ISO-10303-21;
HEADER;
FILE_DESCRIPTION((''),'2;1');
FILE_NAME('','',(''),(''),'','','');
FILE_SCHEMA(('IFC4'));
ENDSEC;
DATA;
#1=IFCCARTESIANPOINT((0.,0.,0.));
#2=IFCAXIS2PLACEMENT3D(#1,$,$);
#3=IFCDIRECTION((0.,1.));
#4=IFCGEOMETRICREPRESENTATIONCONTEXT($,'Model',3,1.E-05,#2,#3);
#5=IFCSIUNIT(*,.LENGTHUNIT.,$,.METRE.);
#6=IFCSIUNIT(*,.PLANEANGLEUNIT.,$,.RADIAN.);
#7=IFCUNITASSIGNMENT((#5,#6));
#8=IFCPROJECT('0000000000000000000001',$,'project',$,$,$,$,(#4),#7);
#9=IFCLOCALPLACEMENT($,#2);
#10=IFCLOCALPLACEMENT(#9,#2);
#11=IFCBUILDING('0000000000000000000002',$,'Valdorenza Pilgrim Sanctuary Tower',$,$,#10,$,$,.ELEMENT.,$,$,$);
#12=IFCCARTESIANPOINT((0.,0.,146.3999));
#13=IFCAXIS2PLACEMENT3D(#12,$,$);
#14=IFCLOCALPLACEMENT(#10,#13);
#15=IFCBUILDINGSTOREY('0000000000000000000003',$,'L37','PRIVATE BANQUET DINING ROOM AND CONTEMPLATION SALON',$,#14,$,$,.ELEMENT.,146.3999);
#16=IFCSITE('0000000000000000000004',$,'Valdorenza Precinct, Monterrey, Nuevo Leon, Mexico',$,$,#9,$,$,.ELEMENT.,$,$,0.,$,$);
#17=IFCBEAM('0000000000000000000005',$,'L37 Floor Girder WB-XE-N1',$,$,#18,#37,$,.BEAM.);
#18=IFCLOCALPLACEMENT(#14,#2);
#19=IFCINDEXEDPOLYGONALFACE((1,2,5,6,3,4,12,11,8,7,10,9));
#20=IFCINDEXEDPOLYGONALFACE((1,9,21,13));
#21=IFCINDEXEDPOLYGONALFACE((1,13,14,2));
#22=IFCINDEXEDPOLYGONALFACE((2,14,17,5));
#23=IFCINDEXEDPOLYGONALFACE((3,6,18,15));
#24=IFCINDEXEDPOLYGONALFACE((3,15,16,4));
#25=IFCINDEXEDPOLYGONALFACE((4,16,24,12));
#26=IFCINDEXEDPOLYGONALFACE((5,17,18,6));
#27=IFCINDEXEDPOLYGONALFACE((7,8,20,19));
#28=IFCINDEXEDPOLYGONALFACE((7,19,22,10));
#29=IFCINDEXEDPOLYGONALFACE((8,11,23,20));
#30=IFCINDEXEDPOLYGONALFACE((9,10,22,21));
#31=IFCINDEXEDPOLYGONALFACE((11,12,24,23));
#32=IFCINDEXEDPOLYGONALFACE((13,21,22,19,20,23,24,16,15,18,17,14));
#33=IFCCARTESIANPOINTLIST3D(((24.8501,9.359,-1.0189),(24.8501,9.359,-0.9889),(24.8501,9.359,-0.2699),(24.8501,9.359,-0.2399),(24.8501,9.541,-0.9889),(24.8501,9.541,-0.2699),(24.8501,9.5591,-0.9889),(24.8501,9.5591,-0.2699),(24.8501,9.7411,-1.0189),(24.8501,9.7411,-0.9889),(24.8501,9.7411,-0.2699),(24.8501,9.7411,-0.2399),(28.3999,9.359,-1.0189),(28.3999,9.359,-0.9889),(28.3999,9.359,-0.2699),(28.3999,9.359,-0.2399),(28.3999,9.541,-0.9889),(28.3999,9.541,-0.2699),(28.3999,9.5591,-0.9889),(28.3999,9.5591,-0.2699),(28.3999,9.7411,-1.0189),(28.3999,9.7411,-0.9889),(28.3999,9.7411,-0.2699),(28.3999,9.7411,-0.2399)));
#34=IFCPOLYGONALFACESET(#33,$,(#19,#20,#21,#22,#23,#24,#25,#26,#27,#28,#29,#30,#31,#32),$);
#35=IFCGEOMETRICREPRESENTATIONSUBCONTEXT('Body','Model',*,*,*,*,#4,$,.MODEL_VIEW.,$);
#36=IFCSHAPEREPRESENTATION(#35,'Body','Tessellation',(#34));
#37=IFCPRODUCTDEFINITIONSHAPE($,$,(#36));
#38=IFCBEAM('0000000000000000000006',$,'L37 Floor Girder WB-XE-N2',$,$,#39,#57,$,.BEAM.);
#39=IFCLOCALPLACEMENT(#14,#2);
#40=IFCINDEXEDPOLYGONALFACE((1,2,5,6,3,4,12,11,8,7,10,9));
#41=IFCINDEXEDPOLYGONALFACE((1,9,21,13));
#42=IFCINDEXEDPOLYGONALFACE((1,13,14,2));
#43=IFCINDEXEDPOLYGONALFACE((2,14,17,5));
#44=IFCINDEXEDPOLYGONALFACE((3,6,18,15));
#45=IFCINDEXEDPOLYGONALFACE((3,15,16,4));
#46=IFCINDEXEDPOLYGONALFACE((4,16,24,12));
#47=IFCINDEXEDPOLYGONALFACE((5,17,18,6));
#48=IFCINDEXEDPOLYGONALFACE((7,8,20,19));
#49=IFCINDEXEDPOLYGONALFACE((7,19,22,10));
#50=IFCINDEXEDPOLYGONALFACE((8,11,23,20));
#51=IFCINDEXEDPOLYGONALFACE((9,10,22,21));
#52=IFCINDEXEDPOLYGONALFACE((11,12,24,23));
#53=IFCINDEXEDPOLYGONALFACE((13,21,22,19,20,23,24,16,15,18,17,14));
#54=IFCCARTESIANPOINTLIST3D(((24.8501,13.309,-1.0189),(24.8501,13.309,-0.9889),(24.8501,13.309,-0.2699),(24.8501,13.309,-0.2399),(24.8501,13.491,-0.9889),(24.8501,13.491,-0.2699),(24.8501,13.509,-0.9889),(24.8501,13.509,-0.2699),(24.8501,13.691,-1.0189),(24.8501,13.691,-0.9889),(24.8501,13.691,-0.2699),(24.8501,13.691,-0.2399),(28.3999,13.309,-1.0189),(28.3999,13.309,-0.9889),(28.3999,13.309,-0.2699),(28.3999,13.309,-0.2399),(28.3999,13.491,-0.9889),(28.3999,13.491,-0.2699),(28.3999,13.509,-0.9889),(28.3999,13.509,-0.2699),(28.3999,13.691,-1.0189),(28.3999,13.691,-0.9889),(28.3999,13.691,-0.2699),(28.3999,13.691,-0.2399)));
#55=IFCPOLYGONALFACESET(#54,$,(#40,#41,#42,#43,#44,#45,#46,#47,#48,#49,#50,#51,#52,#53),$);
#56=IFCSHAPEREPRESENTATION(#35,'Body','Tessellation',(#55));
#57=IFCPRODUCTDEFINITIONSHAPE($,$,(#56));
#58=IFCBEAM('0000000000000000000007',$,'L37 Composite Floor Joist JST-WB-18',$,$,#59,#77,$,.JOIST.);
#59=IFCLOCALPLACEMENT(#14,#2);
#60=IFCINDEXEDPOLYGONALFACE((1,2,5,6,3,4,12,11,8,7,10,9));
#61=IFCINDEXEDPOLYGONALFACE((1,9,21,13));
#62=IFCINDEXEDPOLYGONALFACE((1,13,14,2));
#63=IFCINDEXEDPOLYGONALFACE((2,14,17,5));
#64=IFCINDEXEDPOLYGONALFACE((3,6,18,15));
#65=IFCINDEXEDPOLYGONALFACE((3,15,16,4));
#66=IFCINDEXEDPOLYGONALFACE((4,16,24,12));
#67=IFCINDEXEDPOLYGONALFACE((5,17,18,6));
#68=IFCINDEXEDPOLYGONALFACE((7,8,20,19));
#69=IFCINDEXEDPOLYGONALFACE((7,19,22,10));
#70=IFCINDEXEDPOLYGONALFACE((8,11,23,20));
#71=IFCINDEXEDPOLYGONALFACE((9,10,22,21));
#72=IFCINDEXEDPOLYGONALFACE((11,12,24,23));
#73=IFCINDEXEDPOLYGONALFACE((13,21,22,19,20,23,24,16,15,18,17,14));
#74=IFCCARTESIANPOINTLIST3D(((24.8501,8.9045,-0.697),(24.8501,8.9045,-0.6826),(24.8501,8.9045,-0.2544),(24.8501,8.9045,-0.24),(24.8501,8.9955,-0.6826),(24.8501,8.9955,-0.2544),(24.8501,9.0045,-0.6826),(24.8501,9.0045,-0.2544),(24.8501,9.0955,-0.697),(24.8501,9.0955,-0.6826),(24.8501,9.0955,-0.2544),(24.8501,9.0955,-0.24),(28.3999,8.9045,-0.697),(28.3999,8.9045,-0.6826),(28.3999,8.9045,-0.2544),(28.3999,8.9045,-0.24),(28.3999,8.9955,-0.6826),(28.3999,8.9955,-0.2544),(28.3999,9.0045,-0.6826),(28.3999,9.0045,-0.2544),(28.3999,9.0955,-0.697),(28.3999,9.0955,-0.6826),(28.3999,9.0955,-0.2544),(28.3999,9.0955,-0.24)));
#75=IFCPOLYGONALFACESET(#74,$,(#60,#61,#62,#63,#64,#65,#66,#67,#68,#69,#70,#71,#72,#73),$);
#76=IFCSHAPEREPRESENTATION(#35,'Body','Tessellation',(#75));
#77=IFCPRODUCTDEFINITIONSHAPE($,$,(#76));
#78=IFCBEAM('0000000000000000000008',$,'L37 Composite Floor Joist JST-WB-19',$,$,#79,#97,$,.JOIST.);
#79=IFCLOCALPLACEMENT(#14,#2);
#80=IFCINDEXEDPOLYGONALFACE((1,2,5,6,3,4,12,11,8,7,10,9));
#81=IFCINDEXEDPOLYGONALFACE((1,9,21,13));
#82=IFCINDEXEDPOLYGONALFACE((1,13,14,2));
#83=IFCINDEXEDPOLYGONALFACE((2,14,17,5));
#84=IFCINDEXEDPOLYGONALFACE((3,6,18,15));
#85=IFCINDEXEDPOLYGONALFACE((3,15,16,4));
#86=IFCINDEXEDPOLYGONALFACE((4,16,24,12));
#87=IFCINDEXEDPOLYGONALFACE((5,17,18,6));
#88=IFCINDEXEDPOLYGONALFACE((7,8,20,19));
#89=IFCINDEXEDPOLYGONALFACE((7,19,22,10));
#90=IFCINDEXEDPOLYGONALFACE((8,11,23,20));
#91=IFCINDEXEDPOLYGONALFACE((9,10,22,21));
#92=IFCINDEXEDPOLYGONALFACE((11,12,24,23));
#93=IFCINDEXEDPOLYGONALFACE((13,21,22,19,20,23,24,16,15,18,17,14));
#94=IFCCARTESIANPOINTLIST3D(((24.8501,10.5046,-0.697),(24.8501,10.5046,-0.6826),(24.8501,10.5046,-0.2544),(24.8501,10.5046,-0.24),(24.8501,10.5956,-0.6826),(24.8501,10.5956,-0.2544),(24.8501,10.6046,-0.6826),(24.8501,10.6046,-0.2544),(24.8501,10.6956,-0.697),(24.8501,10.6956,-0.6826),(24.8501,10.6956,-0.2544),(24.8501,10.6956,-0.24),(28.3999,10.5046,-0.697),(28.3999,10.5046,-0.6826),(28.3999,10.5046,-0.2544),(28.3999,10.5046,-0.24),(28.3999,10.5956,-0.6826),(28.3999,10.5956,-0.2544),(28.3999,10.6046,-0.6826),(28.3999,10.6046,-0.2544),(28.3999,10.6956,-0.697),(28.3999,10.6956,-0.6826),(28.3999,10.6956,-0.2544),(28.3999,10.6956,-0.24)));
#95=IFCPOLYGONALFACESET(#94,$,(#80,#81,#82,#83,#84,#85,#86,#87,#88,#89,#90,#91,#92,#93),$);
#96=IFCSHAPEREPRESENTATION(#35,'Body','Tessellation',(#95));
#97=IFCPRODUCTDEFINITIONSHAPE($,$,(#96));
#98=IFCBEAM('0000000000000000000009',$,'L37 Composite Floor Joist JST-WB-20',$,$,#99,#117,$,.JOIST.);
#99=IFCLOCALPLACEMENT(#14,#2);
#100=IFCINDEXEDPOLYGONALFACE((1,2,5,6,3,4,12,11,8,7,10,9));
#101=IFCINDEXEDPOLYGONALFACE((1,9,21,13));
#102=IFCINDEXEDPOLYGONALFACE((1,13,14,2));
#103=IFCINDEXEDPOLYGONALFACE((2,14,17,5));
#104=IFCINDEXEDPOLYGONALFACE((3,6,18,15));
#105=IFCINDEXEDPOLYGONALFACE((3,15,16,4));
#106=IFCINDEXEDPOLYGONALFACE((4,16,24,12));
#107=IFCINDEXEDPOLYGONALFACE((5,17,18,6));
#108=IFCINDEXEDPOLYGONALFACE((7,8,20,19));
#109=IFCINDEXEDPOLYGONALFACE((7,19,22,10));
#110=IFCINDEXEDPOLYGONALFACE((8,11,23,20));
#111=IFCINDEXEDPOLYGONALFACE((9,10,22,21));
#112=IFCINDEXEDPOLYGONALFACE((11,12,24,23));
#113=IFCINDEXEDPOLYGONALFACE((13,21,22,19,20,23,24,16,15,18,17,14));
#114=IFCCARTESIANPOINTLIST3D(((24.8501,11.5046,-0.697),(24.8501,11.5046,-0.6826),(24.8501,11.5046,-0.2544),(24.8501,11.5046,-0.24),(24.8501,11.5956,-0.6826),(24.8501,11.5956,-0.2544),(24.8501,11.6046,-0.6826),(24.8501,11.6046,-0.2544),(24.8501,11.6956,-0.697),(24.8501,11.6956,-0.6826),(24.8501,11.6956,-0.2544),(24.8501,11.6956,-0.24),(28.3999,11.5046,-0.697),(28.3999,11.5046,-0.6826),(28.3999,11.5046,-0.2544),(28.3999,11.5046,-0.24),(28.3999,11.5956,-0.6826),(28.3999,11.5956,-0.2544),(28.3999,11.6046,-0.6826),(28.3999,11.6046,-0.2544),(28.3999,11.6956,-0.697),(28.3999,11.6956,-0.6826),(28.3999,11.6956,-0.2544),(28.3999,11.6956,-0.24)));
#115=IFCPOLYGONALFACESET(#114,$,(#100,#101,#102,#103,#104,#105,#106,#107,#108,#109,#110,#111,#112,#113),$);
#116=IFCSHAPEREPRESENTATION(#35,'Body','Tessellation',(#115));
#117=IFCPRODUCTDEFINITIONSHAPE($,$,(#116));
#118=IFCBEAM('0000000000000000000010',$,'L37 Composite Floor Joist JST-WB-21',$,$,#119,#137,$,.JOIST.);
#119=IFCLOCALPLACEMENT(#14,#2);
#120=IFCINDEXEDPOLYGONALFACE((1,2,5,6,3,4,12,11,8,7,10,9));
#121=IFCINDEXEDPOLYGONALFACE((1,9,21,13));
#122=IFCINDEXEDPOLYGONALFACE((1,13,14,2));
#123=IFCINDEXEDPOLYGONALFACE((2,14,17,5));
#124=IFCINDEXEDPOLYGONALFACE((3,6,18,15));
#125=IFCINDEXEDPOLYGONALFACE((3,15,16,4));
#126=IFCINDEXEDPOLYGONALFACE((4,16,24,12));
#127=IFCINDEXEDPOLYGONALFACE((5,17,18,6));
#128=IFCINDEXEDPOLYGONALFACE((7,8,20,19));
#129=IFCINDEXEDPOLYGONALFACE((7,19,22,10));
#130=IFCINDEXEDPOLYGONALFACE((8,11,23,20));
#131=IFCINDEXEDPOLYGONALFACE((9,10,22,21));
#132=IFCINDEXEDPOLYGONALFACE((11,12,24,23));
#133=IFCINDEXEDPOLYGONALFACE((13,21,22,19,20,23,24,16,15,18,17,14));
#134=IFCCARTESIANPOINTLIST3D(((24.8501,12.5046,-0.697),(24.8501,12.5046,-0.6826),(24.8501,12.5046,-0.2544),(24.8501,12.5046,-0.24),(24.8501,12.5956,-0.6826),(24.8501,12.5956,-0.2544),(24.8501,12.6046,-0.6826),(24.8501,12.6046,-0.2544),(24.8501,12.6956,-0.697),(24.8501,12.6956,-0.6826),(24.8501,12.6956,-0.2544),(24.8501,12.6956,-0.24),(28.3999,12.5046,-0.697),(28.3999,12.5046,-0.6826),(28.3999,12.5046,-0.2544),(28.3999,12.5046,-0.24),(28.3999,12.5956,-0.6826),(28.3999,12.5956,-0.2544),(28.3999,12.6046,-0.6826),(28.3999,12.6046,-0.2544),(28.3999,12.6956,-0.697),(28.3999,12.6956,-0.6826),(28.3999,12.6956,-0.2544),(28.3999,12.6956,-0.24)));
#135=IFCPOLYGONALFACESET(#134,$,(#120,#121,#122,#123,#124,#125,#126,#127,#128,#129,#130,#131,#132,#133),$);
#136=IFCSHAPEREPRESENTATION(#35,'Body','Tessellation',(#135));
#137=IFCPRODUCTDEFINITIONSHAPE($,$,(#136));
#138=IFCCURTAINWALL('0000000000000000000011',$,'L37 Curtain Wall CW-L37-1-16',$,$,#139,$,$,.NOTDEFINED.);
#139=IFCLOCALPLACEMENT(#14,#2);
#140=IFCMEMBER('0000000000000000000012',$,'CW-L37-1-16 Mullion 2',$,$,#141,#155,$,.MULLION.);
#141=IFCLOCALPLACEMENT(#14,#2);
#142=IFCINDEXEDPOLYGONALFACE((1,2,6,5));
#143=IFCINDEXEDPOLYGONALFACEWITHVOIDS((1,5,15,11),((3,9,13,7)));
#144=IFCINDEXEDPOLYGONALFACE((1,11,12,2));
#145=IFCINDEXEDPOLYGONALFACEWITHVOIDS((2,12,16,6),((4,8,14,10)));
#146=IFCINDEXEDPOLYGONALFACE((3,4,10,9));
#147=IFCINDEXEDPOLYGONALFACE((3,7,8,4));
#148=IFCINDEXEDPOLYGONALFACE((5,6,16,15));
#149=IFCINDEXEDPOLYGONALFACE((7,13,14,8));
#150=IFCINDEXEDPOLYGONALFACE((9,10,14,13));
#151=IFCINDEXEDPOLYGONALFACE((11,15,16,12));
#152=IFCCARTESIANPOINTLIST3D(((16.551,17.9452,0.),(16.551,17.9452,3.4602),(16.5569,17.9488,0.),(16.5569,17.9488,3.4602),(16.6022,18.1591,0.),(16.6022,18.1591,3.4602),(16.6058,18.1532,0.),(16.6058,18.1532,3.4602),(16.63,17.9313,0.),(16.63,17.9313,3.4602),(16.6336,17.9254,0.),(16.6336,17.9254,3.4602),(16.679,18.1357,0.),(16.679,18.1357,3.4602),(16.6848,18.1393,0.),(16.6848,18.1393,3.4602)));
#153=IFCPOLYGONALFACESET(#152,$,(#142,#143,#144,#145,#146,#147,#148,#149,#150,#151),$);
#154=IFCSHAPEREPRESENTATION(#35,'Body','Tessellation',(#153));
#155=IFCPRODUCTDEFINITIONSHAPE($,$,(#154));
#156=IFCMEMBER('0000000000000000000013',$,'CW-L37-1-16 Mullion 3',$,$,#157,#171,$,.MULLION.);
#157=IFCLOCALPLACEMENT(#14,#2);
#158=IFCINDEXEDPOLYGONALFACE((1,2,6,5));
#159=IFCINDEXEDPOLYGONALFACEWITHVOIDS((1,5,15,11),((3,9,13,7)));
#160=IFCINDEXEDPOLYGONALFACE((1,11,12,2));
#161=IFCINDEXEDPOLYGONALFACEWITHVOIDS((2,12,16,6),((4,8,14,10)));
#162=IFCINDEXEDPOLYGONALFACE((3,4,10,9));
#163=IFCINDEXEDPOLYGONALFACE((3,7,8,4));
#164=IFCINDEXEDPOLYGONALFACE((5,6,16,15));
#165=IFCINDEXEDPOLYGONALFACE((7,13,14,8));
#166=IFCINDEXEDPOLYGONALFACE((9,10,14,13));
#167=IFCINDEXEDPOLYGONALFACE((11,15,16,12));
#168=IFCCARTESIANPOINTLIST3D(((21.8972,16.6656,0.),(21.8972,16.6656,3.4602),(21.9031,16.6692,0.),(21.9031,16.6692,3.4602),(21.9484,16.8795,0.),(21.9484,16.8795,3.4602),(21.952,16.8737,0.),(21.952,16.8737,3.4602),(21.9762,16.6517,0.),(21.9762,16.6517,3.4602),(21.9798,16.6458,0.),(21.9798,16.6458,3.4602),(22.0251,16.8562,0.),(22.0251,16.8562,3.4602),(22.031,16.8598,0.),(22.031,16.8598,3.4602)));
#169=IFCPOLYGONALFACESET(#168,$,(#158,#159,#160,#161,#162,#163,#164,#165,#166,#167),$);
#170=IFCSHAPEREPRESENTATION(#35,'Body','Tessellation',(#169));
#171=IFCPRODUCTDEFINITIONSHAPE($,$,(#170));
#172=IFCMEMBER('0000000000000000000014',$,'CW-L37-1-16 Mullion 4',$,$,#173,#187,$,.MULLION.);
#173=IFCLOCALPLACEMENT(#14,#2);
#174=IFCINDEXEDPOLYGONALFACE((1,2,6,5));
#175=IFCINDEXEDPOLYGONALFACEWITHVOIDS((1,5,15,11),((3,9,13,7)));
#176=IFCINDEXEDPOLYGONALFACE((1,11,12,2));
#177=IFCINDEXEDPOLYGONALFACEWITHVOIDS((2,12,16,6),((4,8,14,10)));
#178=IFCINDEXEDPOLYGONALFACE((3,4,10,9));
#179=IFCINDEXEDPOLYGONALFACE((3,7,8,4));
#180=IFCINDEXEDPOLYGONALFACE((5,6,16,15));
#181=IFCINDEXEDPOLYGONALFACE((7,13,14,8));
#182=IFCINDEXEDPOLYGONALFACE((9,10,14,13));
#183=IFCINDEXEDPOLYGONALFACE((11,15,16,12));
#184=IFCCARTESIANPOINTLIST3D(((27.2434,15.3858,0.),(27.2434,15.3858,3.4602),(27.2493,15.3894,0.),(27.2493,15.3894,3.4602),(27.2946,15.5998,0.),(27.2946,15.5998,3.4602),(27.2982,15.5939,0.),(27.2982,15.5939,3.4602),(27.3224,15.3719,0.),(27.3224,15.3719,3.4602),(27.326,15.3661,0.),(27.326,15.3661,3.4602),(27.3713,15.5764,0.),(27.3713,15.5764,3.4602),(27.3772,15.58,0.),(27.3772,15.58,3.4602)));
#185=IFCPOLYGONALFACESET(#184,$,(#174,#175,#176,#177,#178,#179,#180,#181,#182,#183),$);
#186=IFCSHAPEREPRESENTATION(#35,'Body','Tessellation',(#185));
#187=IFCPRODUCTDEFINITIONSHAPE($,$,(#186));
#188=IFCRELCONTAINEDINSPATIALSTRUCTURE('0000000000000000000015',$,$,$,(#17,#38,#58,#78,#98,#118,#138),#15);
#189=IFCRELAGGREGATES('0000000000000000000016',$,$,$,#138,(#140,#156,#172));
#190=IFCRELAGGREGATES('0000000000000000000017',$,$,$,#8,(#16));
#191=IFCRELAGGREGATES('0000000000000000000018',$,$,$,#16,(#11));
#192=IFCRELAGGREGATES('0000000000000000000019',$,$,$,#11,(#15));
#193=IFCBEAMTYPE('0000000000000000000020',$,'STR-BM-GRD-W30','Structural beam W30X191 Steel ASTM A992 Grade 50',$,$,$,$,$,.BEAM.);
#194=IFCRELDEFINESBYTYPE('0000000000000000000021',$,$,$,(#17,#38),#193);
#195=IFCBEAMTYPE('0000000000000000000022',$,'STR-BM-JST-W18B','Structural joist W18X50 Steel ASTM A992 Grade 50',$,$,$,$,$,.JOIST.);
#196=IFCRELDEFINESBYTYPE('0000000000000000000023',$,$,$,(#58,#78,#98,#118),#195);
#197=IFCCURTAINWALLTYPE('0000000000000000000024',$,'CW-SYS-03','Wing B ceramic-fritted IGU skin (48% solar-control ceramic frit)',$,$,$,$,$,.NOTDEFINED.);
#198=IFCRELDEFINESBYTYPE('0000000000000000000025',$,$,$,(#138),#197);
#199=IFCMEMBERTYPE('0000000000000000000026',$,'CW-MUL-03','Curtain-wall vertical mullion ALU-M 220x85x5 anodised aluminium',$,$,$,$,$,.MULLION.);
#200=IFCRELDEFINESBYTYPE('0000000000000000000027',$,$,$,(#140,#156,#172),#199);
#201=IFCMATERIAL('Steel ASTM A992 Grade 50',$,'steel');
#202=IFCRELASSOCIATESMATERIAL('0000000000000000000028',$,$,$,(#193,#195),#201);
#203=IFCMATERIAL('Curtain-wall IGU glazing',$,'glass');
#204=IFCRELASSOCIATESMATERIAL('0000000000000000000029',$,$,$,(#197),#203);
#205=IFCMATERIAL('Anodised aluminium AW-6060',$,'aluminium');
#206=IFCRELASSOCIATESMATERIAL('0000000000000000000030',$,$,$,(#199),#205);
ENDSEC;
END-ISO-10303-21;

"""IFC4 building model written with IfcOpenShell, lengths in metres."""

from ifc_helpers import new_model, si_unit, direction, frame, origin, origin_2d, place, context, subcontext, project, spatial, hollow_rectangle, i_section, extrude, source, transform, mapped, material, material_profile, profile_set, type_object, element, aggregate, save


model = new_model("IFC4")

# Units and contexts
model_context = context("Model", 3, precision=1e-05, world=origin(), true_north=direction((0.0, 1.0)))
body_context = subcontext(model_context, "Body", "Model", "MODEL_VIEW")
ifc_project = project(units=[si_unit("LENGTHUNIT", "METRE"), si_unit("PLANEANGLEUNIT", "RADIAN")], contexts=[model_context])

# Site, building, storey
site_placement = place(None, origin())
site = spatial("IfcSite", under=ifc_project, at=site_placement, Name="Valdorenza Precinct, Monterrey, Nuevo Leon, Mexico", CompositionType="ELEMENT", RefElevation=0.0)
building_placement = place(site_placement, origin())
building = spatial("IfcBuilding", under=site, at=building_placement, Name="Valdorenza Pilgrim Sanctuary Tower", CompositionType="ELEMENT")
storey_placement = place(building_placement, frame((0.0, 0.0, 146.3999)))
storey = spatial("IfcBuildingStorey", under=building, at=storey_placement, Name="L37", Description="PRIVATE BANQUET DINING ROOM AND CONTEMPLATION SALON", CompositionType="ELEMENT", Elevation=146.3999)

# Shared definitions
ifc_material_1 = material(Name="Steel ASTM A992 Grade 50", Category="steel")

# Beams
ifc_material_profile_1 = material_profile(ifc_material_1, i_section(OverallWidth=0.3821, OverallDepth=0.7791, WebThickness=0.0181, FlangeThickness=0.03, at=origin_2d()), Name="W30X191")
ifc_profile_set_1 = profile_set([ifc_material_profile_1], Name="Steel ASTM A992 Grade 50")
beam_type_1 = type_object("IfcBeamType", Name="STR-BM-GRD-W30", Description="Structural beam W30X191 Steel ASTM A992 Grade 50", PredefinedType="BEAM", material=ifc_profile_set_1)
shared_shape_1 = source(origin(), body_context, "Body", "SweptSolid", [
    extrude(i_section(OverallWidth=0.3821, OverallDepth=0.7791, WebThickness=0.0181, FlangeThickness=0.03, at=origin_2d()), origin(), (0.0, 0.0, 1.0), 3.5498),
])
for number, where, z_axis, x_axis, name in (
    (1, (24.8501, 9.55, -0.6294), (1.0, 0.0, 0.0), (0.0, 1.0, 0.0), "L37 Floor Girder WB-XE-N1"),
    (2, (24.8501, 13.5, -0.6294), (1.0, 0.0, 0.0), (0.0, 1.0, 0.0), "L37 Floor Girder WB-XE-N2"),
):
    element("IfcBeam", number, at=place(storey_placement, frame(where, z_axis=z_axis, x_axis=x_axis)), inside=storey, type_object=beam_type_1, Name=name, PredefinedType="BEAM", context=body_context, shape_type="MappedRepresentation", body=[
        mapped(shared_shape_1, transform((0.0, 0.0, 0.0), x_axis=(1.0, 0.0, 0.0), y_axis=(0.0, 1.0, 0.0), z_axis=(0.0, 0.0, 1.0), scale=1.0)),
    ])
ifc_material_profile_2 = material_profile(ifc_material_1, i_section(OverallWidth=0.1909, OverallDepth=0.457, WebThickness=0.009, FlangeThickness=0.0144, at=origin_2d()), Name="W18X50")
ifc_profile_set_2 = profile_set([ifc_material_profile_2], Name="Steel ASTM A992 Grade 50")
beam_type_2 = type_object("IfcBeamType", Name="STR-BM-JST-W18B", Description="Structural joist W18X50 Steel ASTM A992 Grade 50", PredefinedType="JOIST", material=ifc_profile_set_2)
shared_shape_2 = source(origin(), body_context, "Body", "SweptSolid", [
    extrude(i_section(OverallWidth=0.1909, OverallDepth=0.457, WebThickness=0.009, FlangeThickness=0.0144, at=origin_2d()), origin(), (0.0, 0.0, 1.0), 3.5498),
])
for number, where, z_axis, x_axis, name in (
    (3, (24.8501, 9.0, -0.4685), (1.0, 0.0, 0.0), (0.0, 1.0, 0.0), "L37 Composite Floor Joist JST-WB-18"),
    (4, (24.8501, 10.6001, -0.4685), (1.0, 0.0, 0.0), (0.0, 1.0, 0.0), "L37 Composite Floor Joist JST-WB-19"),
    (5, (24.8501, 11.6001, -0.4685), (1.0, 0.0, 0.0), (0.0, 1.0, 0.0), "L37 Composite Floor Joist JST-WB-20"),
    (6, (24.8501, 12.6001, -0.4685), (1.0, 0.0, 0.0), (0.0, 1.0, 0.0), "L37 Composite Floor Joist JST-WB-21"),
):
    element("IfcBeam", number, at=place(storey_placement, frame(where, z_axis=z_axis, x_axis=x_axis)), inside=storey, type_object=beam_type_2, Name=name, PredefinedType="JOIST", context=body_context, shape_type="MappedRepresentation", body=[
        mapped(shared_shape_2, transform((0.0, 0.0, 0.0), x_axis=(1.0, 0.0, 0.0), y_axis=(0.0, 1.0, 0.0), z_axis=(0.0, 0.0, 1.0), scale=1.0)),
    ])

# Curtain wall, members
ifc_material_2 = material(Name="Curtain-wall IGU glazing", Category="glass")
curtain_wall_type = type_object("IfcCurtainWallType", Name="CW-SYS-03", Description="Wing B ceramic-fritted IGU skin (48% solar-control ceramic frit)", PredefinedType="NOTDEFINED", material=ifc_material_2)
curtain_wall_1_placement = place(storey_placement, origin())
curtain_wall_1 = element("IfcCurtainWall", 7, at=curtain_wall_1_placement, inside=storey, type_object=curtain_wall_type, Name="L37 Curtain Wall CW-L37-1-16", PredefinedType="NOTDEFINED")
ifc_material_3 = material(Name="Anodised aluminium AW-6060", Category="aluminium")
ifc_material_profile_3 = material_profile(ifc_material_3, hollow_rectangle(XDim=0.085, YDim=0.22, WallThickness=0.0049, at=origin_2d()), Name="ALU-M 220x85x5")
ifc_profile_set_3 = profile_set([ifc_material_profile_3], Name="Anodised aluminium AW-6060")
member_type_1 = type_object("IfcMemberType", Name="CW-MUL-03", Description="Curtain-wall vertical mullion ALU-M 220x85x5 anodised aluminium", PredefinedType="MULLION", material=ifc_profile_set_3)
shared_shape_3 = source(origin(), body_context, "Body", "SweptSolid", [
    extrude(hollow_rectangle(XDim=0.085, YDim=0.22, WallThickness=0.0049, at=origin_2d()), origin(), (0.0, 0.0, 1.0), 3.4602),
])
member_1_placement = place(storey_placement, frame((16.6179, 18.0422, 0.0), z_axis=(0.0, 0.0, 1.0), x_axis=(0.972529, -0.232783, 0.0)))
member_1 = element("IfcMember", 8, at=member_1_placement, type_object=member_type_1, Name="CW-L37-1-16 Mullion 2", PredefinedType="MULLION", context=body_context, shape_type="MappedRepresentation", body=[
    mapped(shared_shape_3, transform((0.0, 0.0, 0.0), x_axis=(1.0, 0.0, 0.0), y_axis=(0.0, 1.0, 0.0), z_axis=(0.0, 0.0, 1.0), scale=1.0)),
])
member_2_placement = place(storey_placement, frame((21.9641, 16.7627, 0.0), z_axis=(0.0, 0.0, 1.0), x_axis=(0.972529, -0.232783, 0.0)))
member_2 = element("IfcMember", 9, at=member_2_placement, type_object=member_type_1, Name="CW-L37-1-16 Mullion 3", PredefinedType="MULLION", context=body_context, shape_type="MappedRepresentation", body=[
    mapped(shared_shape_3, transform((0.0, 0.0, 0.0), x_axis=(1.0, 0.0, 0.0), y_axis=(0.0, 1.0, 0.0), z_axis=(0.0, 0.0, 1.0), scale=1.0)),
])
member_3_placement = place(storey_placement, frame((27.3103, 15.4829, 0.0), z_axis=(0.0, 0.0, 1.0), x_axis=(0.972529, -0.232783, 0.0)))
member_3 = element("IfcMember", 10, at=member_3_placement, type_object=member_type_1, Name="CW-L37-1-16 Mullion 4", PredefinedType="MULLION", context=body_context, shape_type="MappedRepresentation", body=[
    mapped(shared_shape_3, transform((0.0, 0.0, 0.0), x_axis=(1.0, 0.0, 0.0), y_axis=(0.0, 1.0, 0.0), z_axis=(0.0, 0.0, 1.0), scale=1.0)),
])

aggregate(curtain_wall_1, [member_1, member_2, member_3])

save(model, "model.ifc")
